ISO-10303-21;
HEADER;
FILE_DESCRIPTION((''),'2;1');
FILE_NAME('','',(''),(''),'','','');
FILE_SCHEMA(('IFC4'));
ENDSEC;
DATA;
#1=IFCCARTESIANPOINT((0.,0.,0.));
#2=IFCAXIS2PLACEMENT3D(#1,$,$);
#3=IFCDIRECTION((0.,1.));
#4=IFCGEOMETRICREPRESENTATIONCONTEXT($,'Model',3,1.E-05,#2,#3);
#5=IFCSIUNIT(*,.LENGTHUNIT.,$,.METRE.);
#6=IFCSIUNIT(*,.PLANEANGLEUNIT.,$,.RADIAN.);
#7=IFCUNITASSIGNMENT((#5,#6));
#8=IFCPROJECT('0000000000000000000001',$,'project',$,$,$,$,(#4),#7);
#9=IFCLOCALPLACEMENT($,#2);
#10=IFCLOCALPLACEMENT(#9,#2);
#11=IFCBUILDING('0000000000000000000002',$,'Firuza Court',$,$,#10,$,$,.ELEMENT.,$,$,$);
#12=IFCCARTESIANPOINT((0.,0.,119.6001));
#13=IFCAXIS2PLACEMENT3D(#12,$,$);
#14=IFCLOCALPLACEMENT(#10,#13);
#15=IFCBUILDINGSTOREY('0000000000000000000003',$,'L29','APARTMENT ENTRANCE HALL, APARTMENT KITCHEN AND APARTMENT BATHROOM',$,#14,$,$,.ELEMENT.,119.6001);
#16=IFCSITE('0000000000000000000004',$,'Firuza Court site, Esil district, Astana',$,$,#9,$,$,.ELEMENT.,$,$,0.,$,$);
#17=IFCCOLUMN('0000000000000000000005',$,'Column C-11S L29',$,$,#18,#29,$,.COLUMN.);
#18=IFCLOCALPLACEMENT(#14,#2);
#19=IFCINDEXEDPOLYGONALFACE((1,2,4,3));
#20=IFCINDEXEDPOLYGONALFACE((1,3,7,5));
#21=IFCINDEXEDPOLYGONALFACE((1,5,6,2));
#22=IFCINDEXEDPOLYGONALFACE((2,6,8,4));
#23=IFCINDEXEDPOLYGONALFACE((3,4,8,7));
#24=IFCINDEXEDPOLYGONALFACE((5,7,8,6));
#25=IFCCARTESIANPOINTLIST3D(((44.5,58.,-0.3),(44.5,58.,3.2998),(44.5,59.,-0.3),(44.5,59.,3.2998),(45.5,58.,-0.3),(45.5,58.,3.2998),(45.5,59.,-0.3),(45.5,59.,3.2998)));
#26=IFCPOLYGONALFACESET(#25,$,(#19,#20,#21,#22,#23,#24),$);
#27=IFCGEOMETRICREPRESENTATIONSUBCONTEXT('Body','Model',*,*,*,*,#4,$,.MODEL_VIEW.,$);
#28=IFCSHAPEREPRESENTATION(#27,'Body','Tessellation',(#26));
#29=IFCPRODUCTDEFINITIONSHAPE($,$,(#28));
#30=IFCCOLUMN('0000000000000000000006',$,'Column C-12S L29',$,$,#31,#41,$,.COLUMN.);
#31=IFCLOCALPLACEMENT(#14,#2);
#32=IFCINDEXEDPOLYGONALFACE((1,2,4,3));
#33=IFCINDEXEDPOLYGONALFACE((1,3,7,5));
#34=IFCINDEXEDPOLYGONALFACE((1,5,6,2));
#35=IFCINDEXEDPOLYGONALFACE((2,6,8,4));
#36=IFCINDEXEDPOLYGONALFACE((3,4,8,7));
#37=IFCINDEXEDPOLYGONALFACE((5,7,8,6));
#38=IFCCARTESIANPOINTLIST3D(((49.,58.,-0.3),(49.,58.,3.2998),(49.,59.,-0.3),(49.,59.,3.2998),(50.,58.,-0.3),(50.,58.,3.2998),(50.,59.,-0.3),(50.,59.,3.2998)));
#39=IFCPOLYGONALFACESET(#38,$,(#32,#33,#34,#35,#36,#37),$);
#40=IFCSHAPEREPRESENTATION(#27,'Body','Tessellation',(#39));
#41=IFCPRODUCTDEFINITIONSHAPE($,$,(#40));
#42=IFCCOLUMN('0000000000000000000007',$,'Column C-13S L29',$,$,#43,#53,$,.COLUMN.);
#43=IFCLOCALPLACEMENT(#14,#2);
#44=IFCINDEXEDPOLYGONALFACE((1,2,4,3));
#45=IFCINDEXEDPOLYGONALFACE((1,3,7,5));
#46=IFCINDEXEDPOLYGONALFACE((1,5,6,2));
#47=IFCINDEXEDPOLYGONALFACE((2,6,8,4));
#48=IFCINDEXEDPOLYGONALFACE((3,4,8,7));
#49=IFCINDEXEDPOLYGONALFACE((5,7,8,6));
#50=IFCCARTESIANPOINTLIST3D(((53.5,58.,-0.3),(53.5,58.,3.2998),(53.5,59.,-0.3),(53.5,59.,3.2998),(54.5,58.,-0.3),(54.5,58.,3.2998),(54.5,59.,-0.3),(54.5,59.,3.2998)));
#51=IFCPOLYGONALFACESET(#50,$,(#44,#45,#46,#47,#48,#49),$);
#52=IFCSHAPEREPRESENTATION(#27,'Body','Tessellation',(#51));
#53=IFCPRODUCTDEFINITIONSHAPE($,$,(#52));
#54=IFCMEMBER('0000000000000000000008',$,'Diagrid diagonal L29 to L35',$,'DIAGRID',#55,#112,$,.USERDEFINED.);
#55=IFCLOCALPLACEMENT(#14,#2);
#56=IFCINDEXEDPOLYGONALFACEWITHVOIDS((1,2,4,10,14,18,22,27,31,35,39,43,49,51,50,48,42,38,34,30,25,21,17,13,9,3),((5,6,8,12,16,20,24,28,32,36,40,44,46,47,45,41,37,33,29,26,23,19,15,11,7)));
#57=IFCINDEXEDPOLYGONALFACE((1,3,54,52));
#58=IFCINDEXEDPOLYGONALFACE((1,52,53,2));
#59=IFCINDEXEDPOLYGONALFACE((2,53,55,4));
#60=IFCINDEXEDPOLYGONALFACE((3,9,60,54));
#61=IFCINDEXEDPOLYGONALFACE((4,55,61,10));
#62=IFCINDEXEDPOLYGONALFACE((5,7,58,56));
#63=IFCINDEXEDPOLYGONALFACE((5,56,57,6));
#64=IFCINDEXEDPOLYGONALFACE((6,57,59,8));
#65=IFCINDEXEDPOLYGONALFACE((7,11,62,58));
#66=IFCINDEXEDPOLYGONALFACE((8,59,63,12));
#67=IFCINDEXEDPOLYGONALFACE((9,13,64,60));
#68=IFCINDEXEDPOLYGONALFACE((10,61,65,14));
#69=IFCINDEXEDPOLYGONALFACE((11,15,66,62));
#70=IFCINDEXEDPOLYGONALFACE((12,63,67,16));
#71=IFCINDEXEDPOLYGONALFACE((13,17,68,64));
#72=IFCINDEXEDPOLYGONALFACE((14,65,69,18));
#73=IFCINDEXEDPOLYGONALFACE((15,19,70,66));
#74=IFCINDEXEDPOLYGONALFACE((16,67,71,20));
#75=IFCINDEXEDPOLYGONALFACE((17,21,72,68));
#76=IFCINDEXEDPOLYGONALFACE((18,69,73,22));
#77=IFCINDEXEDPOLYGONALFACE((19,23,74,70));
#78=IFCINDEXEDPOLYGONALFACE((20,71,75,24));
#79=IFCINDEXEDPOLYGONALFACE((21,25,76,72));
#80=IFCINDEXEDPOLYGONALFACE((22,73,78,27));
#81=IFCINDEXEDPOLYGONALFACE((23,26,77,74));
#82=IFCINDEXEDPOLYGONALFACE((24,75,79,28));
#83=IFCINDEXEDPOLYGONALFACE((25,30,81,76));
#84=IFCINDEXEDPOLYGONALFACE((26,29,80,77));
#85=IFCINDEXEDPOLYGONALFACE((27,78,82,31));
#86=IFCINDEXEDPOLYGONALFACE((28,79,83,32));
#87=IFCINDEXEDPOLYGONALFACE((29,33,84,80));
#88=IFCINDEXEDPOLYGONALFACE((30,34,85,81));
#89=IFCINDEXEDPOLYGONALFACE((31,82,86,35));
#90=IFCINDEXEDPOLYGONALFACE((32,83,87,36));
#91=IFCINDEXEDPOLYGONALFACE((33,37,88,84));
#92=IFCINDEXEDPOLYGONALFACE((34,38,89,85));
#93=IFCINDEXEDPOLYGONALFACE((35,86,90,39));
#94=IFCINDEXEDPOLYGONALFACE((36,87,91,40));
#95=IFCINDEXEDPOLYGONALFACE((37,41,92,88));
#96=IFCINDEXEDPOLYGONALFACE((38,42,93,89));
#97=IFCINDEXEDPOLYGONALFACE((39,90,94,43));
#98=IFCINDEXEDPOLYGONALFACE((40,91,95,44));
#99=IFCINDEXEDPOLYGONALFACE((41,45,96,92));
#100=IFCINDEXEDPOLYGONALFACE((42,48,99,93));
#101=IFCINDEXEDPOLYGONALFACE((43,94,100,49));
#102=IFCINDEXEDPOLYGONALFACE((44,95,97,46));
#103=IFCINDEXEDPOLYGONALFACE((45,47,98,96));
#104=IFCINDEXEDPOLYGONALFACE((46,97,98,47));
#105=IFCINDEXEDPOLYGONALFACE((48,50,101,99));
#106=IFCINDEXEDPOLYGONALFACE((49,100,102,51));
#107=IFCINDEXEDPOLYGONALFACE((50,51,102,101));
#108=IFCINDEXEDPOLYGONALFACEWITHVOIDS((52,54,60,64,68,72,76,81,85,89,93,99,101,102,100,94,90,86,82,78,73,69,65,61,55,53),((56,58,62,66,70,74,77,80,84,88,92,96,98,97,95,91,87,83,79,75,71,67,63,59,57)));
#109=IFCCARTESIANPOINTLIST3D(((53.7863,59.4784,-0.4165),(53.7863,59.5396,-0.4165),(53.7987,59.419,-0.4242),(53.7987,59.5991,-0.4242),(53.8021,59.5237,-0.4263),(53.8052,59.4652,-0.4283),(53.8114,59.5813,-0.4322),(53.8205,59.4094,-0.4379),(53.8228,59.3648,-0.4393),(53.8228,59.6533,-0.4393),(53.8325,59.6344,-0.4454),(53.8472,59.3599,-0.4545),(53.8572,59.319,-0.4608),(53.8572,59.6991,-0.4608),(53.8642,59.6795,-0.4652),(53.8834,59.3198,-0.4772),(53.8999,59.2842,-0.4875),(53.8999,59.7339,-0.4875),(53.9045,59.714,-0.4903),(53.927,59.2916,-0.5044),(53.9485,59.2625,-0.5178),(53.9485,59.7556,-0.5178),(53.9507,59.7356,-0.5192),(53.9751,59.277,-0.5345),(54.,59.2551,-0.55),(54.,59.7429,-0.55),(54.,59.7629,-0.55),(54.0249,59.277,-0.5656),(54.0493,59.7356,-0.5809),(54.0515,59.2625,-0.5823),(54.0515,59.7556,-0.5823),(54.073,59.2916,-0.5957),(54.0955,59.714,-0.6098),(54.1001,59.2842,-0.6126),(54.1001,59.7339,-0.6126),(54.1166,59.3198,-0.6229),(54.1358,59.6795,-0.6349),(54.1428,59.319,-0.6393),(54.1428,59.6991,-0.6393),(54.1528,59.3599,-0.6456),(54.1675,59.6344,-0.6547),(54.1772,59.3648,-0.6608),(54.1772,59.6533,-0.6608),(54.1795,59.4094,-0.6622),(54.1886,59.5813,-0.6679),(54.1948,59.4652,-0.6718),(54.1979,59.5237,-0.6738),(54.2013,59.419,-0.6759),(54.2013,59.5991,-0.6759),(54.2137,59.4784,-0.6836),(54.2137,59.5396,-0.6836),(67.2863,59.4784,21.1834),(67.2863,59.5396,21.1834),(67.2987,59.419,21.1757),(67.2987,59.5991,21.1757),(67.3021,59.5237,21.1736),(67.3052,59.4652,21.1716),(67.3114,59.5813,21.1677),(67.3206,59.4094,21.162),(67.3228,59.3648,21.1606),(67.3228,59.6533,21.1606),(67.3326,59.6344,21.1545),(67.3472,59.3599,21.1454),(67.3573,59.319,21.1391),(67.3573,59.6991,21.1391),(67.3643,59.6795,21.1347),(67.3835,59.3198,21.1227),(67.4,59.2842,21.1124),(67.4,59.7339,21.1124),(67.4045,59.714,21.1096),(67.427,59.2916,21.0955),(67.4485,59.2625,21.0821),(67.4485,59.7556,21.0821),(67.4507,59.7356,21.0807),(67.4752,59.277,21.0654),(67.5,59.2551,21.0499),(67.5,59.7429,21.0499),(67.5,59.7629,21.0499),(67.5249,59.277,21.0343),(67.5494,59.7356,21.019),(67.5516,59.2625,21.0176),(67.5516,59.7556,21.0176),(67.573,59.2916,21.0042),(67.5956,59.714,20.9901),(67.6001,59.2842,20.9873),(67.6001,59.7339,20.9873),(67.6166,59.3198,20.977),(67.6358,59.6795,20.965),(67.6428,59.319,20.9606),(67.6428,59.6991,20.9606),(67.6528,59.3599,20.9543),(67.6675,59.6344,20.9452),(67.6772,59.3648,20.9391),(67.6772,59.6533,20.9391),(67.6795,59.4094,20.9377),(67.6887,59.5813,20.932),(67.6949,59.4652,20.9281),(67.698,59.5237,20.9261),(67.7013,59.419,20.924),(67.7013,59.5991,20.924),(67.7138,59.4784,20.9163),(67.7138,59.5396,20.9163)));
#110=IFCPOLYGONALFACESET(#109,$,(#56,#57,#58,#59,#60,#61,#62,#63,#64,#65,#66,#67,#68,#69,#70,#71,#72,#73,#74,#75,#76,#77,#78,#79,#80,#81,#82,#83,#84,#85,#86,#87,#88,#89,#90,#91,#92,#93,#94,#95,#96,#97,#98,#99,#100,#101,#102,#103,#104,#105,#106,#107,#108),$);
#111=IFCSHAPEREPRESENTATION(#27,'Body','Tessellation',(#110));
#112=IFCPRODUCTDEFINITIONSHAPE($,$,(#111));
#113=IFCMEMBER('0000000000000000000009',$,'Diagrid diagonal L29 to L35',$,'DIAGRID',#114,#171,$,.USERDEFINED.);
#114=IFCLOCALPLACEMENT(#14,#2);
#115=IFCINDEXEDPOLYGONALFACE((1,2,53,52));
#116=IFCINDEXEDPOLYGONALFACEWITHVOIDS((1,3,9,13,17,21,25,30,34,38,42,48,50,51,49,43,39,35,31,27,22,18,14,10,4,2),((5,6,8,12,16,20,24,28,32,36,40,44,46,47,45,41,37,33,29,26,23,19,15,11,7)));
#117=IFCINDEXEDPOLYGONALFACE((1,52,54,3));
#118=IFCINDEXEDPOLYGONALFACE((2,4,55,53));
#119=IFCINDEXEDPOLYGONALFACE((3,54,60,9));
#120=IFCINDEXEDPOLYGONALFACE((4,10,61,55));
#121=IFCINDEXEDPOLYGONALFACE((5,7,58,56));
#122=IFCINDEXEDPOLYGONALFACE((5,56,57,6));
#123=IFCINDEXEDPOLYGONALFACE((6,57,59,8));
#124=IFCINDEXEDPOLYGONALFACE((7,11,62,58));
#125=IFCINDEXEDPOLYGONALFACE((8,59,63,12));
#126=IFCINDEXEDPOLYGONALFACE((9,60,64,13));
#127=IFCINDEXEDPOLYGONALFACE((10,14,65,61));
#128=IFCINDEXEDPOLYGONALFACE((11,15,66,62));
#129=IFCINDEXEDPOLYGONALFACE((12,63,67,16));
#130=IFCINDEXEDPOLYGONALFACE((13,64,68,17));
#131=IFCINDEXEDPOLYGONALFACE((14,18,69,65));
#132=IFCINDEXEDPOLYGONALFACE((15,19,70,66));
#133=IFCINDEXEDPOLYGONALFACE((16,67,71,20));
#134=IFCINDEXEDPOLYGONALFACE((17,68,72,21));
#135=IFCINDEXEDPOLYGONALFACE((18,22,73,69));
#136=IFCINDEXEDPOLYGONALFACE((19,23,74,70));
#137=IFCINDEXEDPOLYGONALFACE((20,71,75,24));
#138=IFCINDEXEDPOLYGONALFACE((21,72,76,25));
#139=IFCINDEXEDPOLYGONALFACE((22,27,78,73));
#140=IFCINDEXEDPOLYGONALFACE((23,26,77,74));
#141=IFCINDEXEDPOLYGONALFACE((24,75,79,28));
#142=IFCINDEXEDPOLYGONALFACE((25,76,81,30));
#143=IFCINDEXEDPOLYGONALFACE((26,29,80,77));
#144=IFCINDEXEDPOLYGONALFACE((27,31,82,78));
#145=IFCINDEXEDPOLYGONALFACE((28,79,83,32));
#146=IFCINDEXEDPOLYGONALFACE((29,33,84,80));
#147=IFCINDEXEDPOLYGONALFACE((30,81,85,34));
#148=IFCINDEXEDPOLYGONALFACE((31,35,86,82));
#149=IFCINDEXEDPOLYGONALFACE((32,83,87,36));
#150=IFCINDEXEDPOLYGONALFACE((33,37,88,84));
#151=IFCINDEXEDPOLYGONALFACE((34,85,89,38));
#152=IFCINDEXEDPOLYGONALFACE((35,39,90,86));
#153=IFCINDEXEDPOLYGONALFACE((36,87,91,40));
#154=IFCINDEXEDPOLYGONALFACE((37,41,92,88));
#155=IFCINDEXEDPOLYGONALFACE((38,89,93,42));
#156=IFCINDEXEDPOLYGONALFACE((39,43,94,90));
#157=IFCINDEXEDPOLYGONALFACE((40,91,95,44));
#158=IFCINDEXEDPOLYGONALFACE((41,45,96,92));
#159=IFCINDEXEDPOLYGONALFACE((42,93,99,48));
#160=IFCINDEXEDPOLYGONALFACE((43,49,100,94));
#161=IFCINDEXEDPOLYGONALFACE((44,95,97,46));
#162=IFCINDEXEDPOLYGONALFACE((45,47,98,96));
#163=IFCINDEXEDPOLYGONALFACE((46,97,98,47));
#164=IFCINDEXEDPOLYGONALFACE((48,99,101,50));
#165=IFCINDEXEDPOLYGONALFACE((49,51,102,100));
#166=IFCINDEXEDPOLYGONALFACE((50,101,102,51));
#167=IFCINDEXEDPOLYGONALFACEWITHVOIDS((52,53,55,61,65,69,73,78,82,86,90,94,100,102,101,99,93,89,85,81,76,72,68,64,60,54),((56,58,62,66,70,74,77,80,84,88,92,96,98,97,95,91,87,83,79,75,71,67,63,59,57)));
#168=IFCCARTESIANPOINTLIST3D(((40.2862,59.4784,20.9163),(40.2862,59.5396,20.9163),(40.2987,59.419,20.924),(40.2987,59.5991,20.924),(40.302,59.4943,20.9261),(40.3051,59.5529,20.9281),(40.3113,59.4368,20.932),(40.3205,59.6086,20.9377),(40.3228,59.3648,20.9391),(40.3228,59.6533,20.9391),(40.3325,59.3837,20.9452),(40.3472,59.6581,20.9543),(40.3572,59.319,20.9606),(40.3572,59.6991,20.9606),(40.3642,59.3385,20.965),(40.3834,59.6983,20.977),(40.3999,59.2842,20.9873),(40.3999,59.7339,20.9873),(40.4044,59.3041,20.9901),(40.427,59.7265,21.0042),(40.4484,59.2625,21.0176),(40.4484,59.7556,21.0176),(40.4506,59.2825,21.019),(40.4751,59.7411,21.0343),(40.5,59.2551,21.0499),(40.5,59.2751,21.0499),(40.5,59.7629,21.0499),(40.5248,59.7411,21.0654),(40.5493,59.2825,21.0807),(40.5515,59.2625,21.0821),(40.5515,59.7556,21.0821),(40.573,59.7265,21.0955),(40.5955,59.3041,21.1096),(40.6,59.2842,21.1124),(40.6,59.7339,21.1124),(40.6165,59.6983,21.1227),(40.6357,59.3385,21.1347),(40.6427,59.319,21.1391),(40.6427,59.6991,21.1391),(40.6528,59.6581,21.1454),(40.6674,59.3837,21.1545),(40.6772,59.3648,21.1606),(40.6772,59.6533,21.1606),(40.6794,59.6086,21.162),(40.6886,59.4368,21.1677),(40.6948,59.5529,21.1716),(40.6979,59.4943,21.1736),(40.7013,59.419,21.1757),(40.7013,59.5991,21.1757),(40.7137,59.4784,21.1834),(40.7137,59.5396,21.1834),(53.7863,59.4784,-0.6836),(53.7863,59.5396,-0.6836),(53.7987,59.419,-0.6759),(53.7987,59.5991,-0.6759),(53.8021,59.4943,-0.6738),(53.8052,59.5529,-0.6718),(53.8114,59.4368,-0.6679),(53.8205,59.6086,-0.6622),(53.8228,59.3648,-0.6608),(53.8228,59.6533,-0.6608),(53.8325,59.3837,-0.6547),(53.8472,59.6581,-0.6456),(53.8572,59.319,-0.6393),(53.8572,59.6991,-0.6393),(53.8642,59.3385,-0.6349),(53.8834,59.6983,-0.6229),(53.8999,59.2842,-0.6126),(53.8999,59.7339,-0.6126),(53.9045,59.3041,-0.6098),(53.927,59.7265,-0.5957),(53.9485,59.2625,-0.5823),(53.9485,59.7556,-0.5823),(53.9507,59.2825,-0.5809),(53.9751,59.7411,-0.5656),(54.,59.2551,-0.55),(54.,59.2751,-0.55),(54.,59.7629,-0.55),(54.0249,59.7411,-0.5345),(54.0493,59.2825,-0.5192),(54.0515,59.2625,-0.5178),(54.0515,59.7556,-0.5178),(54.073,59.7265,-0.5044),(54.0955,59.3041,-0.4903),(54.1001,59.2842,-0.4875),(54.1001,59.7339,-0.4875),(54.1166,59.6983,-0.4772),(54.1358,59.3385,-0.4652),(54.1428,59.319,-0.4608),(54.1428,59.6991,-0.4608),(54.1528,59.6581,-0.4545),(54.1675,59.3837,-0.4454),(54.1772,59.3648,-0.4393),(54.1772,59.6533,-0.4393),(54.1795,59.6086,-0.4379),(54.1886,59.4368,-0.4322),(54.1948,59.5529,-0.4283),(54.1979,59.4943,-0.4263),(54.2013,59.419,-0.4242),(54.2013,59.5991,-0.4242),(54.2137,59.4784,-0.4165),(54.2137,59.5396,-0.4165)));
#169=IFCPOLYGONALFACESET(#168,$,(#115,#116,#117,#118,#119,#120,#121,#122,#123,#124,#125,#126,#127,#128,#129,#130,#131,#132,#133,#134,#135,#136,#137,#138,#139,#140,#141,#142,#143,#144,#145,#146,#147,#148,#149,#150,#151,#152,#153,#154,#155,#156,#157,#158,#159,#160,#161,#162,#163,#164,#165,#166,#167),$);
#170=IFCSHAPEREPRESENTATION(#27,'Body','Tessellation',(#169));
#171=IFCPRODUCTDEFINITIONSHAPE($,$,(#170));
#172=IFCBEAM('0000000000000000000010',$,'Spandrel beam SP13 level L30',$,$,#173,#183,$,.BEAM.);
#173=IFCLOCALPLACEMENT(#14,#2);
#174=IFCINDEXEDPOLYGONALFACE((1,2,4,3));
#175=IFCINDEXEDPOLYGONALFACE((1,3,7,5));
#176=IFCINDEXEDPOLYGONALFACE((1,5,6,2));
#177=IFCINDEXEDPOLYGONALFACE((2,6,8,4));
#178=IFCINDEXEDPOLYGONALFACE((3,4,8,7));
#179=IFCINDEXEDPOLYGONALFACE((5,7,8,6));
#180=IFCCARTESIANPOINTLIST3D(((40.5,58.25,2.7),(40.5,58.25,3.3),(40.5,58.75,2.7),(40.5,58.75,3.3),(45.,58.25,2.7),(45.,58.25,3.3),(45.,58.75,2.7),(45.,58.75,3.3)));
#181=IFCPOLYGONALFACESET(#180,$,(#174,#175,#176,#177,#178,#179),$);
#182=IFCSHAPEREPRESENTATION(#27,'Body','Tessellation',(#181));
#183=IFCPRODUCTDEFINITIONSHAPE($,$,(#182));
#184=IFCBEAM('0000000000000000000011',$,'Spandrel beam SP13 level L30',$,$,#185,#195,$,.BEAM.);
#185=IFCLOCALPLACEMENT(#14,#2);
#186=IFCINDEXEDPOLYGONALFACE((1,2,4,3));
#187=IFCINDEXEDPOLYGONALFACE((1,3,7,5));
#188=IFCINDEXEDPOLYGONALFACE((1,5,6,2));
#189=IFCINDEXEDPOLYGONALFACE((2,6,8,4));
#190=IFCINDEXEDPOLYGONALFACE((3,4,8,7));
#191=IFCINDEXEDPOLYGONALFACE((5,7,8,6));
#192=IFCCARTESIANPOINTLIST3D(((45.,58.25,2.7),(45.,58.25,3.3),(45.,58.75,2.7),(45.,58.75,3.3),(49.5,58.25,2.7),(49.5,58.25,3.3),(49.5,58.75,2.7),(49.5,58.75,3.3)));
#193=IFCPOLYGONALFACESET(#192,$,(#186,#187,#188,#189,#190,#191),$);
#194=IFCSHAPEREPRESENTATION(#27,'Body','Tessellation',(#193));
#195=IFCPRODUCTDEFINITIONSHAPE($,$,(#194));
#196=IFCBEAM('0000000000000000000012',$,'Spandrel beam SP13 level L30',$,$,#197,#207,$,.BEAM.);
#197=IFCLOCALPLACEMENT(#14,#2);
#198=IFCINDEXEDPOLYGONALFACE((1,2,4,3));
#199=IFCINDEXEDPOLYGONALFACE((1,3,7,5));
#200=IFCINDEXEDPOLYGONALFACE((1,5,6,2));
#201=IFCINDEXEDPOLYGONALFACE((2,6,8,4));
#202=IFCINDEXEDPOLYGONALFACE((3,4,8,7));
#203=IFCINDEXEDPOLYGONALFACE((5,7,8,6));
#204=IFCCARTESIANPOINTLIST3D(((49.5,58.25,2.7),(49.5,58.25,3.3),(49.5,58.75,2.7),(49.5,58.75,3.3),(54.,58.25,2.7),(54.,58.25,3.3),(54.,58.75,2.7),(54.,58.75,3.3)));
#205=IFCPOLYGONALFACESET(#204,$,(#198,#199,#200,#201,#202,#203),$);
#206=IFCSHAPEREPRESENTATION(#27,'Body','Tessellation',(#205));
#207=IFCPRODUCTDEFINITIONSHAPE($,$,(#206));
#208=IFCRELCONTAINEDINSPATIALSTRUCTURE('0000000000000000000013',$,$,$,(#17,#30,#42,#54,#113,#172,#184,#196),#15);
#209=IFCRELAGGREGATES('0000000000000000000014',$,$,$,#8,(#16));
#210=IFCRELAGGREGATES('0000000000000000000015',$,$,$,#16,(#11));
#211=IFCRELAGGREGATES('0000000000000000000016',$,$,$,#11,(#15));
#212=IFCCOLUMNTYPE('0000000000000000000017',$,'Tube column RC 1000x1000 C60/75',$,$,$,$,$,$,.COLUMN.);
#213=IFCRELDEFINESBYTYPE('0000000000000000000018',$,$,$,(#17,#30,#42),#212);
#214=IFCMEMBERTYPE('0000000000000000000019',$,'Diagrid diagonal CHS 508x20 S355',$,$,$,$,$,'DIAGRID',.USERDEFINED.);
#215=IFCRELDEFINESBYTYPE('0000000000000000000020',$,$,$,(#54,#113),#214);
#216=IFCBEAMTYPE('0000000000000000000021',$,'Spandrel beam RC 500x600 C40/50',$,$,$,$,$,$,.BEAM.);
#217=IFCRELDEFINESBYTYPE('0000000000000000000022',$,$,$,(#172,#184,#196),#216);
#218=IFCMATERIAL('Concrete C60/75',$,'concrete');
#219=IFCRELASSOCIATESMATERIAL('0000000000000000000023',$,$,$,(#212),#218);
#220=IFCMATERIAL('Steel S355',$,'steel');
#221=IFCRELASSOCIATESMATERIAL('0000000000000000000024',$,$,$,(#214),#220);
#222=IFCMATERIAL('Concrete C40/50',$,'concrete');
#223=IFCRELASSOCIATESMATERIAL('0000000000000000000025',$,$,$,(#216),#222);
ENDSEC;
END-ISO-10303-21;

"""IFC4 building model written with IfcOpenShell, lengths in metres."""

from ifc_helpers import new_model, si_unit, direction, frame, origin, origin_2d, place, context, subcontext, project, spatial, rectangle, hollow_circle, extrude, material, material_profile, profile_set, type_object, element, save


model = new_model("IFC4")

# Units and contexts
model_context = context("Model", 3, precision=1e-05, world=origin(), true_north=direction((0.0, 1.0)))
body_context = subcontext(model_context, "Body", "Model", "MODEL_VIEW")
ifc_project = project(units=[si_unit("LENGTHUNIT", "METRE"), si_unit("PLANEANGLEUNIT", "RADIAN")], contexts=[model_context])

# Site, building, storey
site_placement = place(None, origin())
site = spatial("IfcSite", under=ifc_project, at=site_placement, Name="Firuza Court site, Esil district, Astana", CompositionType="ELEMENT", RefElevation=0.0)
building_placement = place(site_placement, origin())
building = spatial("IfcBuilding", under=site, at=building_placement, Name="Firuza Court", CompositionType="ELEMENT")
storey_placement = place(building_placement, frame((0.0, 0.0, 119.6001)))
storey = spatial("IfcBuildingStorey", under=building, at=storey_placement, Name="L29", Description="APARTMENT ENTRANCE HALL, APARTMENT KITCHEN AND APARTMENT BATHROOM", CompositionType="ELEMENT", Elevation=119.6001)

# Columns
ifc_material_1 = material(Name="Concrete C60/75", Category="concrete")
ifc_material_profile_1 = material_profile(ifc_material_1, rectangle(XDim=1.0, YDim=1.0, at=origin_2d()), Name="RC 1000x1000")
ifc_profile_set_1 = profile_set([ifc_material_profile_1], Name="Concrete C60/75")
column_type = type_object("IfcColumnType", Name="Tube column RC 1000x1000 C60/75", PredefinedType="COLUMN", material=ifc_profile_set_1)
for number, where, z_axis, x_axis, name in (
    (1, (45.0, 58.5, -0.3), (0.0, 0.0, 1.0), (1.0, 0.0, 0.0), "Column C-11S L29"),
    (2, (49.5, 58.5, -0.3), (0.0, 0.0, 1.0), (1.0, 0.0, 0.0), "Column C-12S L29"),
    (3, (54.0, 58.5, -0.3), (0.0, 0.0, 1.0), (1.0, 0.0, 0.0), "Column C-13S L29"),
):
    element("IfcColumn", number, at=place(storey_placement, frame(where, z_axis=z_axis, x_axis=x_axis)), inside=storey, type_object=column_type, Name=name, PredefinedType="COLUMN", context=body_context, shape_type="SweptSolid", body=[
        extrude(rectangle(XDim=1.0, YDim=1.0, at=origin_2d()), origin(), (0.0, 0.0, 1.0), 3.5999),
    ])

# Members
ifc_material_2 = material(Name="Steel S355", Category="steel")
ifc_material_profile_2 = material_profile(ifc_material_2, hollow_circle(Radius=0.2539, WallThickness=0.02, at=origin_2d()), Name="CHS 508x20")
ifc_profile_set_2 = profile_set([ifc_material_profile_2], Name="Steel S355")
member_type = type_object("IfcMemberType", Name="Diagrid diagonal CHS 508x20 S355", ElementType="DIAGRID", PredefinedType="USERDEFINED", material=ifc_profile_set_2)
for number, where, z_axis, x_axis, name in (
    (4, (54.0, 59.509, -0.55), (0.530002, 0.0, 0.847997), (0.0, 1.0, 0.0), "Diagrid diagonal L29 to L35"),
    (5, (54.0, 59.509, -0.55), (-0.530002, 0.0, 0.847997), (0.0, -1.0, 0.0), "Diagrid diagonal L29 to L35"),
):
    element("IfcMember", number, at=place(storey_placement, frame(where, z_axis=z_axis, x_axis=x_axis)), inside=storey, type_object=member_type, Name=name, ObjectType="DIAGRID", PredefinedType="USERDEFINED", context=body_context, shape_type="SweptSolid", body=[
        extrude(hollow_circle(Radius=0.2539, WallThickness=0.02, at=origin_2d()), origin(), (0.0, 0.0, 1.0), 25.4717),
    ])

# Beams
ifc_material_3 = material(Name="Concrete C40/50", Category="concrete")
ifc_material_profile_3 = material_profile(ifc_material_3, rectangle(XDim=0.5, YDim=0.6001, at=origin_2d()), Name="RC 500x600")
ifc_profile_set_3 = profile_set([ifc_material_profile_3], Name="Concrete C40/50")
beam_type = type_object("IfcBeamType", Name="Spandrel beam RC 500x600 C40/50", PredefinedType="BEAM", material=ifc_profile_set_3)
for number, where, z_axis, x_axis, name in (
    (6, (45.0, 58.5, 3.0), (-1.0, 0.0, 0.0), (0.0, -1.0, 0.0), "Spandrel beam SP13 level L30"),
    (7, (49.5, 58.5, 3.0), (-1.0, 0.0, 0.0), (0.0, -1.0, 0.0), "Spandrel beam SP13 level L30"),
    (8, (54.0, 58.5, 3.0), (-1.0, 0.0, 0.0), (0.0, -1.0, 0.0), "Spandrel beam SP13 level L30"),
):
    element("IfcBeam", number, at=place(storey_placement, frame(where, z_axis=z_axis, x_axis=x_axis)), inside=storey, type_object=beam_type, Name=name, PredefinedType="BEAM", context=body_context, shape_type="SweptSolid", body=[
        extrude(rectangle(XDim=0.5, YDim=0.6001, at=origin_2d()), origin(), (0.0, 0.0, 1.0), 4.5),
    ])

save(model, "model.ifc")
